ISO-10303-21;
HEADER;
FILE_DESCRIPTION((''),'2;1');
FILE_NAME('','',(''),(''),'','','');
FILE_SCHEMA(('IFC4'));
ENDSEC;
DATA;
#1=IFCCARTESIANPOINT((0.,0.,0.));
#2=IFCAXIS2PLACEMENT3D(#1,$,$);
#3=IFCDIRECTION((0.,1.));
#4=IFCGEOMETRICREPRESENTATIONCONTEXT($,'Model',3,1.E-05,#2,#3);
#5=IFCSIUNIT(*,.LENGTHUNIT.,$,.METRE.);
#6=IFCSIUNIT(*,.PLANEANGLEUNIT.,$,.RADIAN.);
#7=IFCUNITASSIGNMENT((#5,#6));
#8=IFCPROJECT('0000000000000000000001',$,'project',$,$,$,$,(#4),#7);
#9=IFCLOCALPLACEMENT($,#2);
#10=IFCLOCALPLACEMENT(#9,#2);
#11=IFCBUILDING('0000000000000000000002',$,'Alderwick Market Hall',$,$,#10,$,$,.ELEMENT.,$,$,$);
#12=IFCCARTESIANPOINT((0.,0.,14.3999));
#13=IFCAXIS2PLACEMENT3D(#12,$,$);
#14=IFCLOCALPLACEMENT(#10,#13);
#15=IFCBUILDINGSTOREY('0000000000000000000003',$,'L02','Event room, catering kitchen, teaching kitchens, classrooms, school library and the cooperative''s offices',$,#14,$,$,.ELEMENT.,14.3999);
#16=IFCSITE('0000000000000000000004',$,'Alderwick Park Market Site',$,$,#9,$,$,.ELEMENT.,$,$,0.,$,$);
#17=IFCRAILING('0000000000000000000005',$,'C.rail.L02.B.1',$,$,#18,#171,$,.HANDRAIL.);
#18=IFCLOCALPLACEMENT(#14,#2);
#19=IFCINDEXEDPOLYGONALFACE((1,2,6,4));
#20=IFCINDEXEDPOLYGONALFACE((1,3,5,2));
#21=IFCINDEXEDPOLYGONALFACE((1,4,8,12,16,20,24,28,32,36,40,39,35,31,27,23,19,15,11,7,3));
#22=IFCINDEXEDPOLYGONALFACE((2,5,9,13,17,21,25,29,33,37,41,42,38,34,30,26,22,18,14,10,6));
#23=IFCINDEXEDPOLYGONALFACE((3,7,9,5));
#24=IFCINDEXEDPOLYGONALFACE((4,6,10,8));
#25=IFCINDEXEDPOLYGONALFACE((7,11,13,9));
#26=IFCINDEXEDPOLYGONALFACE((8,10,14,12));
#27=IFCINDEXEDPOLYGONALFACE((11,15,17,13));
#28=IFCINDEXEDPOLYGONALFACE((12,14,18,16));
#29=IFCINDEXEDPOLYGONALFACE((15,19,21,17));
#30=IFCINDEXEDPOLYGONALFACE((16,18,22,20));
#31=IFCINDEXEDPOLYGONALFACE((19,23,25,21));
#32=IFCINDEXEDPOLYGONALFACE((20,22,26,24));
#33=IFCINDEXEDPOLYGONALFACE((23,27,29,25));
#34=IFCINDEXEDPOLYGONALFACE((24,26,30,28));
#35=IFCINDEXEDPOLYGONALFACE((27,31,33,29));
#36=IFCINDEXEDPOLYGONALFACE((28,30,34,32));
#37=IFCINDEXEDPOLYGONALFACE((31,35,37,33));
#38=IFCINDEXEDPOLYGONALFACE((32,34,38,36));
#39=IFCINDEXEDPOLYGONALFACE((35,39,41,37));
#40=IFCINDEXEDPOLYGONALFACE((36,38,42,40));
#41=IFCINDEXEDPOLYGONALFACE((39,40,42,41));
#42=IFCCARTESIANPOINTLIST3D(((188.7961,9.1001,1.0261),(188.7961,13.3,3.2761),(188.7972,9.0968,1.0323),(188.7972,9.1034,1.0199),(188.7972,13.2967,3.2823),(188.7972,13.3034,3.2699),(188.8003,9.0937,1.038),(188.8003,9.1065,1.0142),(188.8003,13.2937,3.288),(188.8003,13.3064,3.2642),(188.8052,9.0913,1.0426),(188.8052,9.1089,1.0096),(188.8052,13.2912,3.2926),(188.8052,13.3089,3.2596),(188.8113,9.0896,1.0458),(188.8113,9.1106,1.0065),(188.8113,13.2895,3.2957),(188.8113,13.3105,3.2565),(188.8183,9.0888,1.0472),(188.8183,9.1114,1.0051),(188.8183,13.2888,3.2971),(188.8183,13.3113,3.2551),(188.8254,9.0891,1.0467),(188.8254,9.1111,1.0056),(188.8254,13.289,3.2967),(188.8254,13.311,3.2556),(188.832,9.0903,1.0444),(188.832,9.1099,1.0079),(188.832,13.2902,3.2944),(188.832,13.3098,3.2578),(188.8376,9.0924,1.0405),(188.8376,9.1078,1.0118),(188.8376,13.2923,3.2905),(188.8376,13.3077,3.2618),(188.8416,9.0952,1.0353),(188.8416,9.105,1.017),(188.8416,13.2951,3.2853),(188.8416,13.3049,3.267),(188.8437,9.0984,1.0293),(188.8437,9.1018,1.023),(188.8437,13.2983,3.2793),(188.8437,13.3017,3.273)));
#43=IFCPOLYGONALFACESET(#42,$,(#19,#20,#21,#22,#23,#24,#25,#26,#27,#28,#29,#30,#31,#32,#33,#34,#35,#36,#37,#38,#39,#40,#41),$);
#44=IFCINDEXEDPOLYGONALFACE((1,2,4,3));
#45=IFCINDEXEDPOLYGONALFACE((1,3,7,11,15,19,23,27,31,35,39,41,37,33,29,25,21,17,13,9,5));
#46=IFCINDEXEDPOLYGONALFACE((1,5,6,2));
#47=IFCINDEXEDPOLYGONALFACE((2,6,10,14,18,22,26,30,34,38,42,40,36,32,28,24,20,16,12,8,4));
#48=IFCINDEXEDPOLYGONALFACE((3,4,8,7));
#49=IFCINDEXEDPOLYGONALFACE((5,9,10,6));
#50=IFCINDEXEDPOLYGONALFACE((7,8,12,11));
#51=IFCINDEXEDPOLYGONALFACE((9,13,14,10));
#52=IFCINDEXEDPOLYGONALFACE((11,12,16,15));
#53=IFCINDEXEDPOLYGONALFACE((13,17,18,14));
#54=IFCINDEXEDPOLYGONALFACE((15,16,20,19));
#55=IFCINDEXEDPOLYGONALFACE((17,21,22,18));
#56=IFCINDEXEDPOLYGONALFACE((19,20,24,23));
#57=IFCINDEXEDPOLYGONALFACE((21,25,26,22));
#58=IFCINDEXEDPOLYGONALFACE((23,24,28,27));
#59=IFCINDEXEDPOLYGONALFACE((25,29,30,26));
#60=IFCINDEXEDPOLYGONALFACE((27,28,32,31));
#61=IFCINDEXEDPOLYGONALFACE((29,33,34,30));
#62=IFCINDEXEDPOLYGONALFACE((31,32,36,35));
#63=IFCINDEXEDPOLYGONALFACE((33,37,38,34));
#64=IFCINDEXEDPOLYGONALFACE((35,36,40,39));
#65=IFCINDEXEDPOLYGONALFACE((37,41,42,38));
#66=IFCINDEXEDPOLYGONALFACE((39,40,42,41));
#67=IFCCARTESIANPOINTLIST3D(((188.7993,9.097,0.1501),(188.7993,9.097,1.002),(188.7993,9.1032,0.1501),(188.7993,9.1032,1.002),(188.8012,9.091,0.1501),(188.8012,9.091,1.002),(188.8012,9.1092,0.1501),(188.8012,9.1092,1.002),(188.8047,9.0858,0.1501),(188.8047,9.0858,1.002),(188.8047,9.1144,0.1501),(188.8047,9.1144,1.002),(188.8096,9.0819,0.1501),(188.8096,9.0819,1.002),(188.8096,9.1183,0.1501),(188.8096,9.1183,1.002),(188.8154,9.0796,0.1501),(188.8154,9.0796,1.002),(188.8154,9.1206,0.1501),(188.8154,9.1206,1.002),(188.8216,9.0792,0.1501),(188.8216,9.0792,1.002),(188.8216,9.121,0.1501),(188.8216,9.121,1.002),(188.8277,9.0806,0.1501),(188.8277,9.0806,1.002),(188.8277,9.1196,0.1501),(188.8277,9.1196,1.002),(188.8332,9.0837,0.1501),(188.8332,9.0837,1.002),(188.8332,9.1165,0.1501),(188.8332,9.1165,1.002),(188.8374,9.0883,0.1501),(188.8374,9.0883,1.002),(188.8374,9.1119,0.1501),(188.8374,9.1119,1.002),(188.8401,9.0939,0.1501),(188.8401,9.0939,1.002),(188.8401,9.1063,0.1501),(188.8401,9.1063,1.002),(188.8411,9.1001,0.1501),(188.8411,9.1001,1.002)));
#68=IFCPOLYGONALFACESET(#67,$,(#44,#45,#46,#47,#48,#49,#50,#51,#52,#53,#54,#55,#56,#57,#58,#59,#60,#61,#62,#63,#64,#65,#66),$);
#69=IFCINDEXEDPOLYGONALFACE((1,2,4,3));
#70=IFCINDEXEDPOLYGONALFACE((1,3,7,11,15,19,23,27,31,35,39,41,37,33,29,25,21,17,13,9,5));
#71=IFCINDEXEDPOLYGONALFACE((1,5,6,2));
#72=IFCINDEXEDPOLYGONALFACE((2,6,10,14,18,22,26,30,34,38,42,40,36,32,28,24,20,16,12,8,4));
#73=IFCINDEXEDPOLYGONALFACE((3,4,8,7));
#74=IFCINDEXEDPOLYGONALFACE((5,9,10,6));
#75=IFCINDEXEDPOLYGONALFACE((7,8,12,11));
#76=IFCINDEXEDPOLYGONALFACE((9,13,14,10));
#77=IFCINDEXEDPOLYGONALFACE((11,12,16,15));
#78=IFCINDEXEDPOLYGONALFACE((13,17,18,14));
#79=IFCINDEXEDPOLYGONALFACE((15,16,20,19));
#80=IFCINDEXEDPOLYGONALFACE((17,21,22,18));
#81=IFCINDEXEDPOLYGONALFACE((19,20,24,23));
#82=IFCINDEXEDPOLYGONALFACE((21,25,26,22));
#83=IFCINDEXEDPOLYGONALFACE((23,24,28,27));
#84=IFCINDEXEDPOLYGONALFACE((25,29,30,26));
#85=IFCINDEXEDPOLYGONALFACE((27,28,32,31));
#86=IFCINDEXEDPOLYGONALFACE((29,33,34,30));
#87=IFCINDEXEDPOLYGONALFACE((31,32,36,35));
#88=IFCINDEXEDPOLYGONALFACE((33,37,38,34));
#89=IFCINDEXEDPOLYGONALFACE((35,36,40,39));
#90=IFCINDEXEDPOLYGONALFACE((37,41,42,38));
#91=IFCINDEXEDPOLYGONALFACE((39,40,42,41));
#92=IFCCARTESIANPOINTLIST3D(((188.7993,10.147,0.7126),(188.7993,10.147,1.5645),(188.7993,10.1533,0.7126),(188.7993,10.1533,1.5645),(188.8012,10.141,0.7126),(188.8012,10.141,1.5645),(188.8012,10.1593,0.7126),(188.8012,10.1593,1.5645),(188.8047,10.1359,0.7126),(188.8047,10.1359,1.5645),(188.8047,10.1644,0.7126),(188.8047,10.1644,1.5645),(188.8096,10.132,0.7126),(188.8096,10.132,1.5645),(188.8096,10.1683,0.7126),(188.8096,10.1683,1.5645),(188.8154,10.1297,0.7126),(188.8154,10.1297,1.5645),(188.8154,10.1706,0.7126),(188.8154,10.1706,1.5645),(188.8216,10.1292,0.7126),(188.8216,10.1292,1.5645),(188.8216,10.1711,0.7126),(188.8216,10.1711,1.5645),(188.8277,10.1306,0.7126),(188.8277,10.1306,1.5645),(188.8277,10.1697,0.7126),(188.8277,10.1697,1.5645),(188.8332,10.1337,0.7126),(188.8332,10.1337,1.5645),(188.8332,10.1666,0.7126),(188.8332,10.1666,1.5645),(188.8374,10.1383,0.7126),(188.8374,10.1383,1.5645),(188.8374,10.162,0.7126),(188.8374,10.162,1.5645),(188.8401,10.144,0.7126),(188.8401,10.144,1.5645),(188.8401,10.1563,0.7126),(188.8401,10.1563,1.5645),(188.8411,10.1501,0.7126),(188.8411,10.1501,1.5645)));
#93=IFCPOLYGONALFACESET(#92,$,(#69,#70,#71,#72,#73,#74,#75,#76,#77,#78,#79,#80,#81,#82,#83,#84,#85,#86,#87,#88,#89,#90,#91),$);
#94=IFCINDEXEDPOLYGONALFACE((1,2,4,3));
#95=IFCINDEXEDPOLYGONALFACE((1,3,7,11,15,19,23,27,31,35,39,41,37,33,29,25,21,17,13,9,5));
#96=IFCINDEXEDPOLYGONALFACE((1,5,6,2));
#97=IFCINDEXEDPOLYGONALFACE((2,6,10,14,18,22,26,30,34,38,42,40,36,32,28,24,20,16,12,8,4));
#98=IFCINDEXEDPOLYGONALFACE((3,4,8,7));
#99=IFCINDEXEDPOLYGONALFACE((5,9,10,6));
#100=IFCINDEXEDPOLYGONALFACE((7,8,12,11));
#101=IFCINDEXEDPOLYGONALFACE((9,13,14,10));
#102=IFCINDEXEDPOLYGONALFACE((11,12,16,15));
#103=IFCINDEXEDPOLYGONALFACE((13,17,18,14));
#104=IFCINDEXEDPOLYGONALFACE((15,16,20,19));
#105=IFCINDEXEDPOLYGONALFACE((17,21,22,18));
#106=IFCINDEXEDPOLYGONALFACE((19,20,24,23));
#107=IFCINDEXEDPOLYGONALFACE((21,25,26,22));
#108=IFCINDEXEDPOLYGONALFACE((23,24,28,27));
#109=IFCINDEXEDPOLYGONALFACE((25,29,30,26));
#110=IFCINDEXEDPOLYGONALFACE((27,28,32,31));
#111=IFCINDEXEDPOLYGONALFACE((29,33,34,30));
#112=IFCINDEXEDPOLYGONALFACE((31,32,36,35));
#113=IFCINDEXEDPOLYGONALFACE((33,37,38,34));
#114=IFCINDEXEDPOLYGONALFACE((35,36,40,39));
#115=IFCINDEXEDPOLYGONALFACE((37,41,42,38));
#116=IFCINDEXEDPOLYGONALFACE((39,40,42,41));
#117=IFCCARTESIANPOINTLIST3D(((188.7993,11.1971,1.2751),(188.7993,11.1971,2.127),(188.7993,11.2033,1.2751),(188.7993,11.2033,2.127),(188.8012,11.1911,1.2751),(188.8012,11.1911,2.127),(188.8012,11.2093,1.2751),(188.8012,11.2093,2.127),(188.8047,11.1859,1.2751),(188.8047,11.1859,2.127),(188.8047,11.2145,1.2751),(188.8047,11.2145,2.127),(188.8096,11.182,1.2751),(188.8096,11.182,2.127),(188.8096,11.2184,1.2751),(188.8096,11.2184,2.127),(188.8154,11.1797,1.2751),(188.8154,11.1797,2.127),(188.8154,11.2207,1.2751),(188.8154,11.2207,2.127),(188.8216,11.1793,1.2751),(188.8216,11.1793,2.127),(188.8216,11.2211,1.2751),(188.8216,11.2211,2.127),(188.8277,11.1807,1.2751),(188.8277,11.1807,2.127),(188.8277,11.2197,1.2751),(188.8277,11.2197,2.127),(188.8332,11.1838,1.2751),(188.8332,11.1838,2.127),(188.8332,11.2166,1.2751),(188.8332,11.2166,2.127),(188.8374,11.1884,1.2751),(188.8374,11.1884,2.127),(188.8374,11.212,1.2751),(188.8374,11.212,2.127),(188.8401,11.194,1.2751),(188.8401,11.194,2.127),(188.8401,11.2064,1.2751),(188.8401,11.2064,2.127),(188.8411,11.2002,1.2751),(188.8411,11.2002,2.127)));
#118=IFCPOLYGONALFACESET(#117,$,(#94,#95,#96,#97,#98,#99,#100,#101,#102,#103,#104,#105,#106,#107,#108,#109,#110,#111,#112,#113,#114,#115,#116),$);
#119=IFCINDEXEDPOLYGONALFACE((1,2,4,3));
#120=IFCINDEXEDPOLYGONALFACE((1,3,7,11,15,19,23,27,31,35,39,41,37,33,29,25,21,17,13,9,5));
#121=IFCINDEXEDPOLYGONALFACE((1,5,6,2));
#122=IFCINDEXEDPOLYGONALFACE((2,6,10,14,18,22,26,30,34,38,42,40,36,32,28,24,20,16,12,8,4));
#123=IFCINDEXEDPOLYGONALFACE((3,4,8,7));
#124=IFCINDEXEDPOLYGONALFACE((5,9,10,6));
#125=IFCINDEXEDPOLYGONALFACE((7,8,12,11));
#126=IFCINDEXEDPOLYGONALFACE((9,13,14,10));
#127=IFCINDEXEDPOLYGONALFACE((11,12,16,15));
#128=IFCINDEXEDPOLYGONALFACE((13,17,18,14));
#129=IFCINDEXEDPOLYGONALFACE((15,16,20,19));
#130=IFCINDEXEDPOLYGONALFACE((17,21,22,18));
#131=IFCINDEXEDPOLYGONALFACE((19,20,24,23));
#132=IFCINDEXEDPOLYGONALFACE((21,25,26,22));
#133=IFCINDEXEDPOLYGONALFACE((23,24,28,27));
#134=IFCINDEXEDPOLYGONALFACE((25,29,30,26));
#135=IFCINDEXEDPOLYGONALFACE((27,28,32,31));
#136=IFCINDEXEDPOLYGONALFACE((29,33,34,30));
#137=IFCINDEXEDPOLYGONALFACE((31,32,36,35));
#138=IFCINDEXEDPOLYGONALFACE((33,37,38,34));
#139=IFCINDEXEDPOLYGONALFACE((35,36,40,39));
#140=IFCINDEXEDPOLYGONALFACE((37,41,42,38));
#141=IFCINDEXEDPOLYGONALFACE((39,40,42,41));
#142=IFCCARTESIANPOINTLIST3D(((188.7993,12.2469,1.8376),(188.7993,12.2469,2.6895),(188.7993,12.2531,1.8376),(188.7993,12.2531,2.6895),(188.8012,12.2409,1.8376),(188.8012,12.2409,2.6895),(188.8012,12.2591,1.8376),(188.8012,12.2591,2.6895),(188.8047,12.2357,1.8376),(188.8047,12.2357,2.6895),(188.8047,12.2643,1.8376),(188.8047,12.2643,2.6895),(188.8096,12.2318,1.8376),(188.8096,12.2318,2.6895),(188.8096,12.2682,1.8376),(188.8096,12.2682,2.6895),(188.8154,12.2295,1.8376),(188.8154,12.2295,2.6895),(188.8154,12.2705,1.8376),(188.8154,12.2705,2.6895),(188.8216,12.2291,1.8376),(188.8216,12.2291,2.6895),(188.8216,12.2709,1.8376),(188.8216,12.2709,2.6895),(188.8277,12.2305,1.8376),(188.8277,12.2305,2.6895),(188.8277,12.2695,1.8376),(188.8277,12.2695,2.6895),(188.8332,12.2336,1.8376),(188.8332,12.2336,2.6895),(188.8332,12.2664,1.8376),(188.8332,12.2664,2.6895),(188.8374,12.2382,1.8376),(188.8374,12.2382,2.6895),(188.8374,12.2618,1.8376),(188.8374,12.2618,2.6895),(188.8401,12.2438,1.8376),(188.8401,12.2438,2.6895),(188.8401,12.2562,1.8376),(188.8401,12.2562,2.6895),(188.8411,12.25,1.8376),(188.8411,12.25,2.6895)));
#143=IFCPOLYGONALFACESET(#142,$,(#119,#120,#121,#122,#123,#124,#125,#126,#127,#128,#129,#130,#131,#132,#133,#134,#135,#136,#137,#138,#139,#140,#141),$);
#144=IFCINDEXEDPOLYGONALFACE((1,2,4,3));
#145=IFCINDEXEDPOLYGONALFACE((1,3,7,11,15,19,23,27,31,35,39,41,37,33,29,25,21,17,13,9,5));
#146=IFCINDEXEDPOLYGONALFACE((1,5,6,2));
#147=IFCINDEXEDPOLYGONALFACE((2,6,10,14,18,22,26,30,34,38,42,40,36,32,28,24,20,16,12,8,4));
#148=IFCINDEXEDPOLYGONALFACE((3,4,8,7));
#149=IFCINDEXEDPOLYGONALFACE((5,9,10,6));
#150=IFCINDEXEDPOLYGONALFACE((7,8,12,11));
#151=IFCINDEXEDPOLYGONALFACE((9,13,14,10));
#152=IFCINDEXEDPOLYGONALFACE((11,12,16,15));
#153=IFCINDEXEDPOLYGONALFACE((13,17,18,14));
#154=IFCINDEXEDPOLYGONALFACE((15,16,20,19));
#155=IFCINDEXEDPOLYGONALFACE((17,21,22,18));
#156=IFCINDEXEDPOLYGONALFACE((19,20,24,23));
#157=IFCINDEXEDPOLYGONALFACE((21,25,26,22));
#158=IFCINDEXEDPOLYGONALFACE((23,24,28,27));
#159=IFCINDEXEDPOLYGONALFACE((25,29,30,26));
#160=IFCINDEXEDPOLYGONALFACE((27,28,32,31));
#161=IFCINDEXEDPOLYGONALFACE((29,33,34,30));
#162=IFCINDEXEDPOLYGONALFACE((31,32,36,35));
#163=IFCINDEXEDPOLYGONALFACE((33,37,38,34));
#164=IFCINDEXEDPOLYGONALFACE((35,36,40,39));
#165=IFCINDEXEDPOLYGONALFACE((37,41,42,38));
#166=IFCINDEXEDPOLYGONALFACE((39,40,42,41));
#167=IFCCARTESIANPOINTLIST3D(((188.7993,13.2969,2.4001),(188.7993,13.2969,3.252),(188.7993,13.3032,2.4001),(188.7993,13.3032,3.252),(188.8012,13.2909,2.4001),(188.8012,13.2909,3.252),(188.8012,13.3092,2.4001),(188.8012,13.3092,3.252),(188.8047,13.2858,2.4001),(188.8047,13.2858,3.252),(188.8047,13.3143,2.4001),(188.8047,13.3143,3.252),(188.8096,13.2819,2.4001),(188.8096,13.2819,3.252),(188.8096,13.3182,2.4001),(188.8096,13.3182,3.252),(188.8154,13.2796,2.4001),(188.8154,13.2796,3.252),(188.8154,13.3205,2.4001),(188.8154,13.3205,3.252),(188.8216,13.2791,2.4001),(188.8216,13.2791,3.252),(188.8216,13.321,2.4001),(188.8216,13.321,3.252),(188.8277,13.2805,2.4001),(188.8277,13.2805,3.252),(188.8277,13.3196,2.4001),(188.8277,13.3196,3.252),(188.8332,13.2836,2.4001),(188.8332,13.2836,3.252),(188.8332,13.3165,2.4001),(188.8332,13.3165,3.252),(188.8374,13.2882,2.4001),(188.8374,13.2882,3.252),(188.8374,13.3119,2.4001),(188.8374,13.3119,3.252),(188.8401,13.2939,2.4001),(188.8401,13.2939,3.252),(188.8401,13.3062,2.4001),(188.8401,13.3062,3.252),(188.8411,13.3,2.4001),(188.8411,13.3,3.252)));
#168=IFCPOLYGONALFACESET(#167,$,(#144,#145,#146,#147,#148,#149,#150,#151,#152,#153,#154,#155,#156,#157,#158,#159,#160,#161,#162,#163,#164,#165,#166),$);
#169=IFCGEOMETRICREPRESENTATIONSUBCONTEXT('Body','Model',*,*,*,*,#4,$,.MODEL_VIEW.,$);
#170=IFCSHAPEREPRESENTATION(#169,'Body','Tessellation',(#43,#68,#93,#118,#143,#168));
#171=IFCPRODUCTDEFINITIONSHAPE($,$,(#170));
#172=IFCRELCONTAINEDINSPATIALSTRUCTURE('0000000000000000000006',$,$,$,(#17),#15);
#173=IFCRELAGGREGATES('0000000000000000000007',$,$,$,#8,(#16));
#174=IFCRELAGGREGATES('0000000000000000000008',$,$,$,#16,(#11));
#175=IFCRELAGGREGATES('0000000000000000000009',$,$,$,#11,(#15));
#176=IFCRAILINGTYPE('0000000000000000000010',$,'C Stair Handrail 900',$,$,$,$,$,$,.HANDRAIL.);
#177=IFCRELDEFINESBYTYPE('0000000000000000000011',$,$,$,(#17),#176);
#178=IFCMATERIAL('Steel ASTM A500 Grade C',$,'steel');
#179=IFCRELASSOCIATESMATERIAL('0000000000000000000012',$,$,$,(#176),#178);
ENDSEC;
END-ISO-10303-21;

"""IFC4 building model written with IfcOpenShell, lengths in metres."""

from ifc_helpers import new_model, si_unit, direction, frame, origin, origin_2d, place, context, subcontext, project, spatial, circle, extrude, material, type_object, element, save


model = new_model("IFC4")

# Units and contexts
model_context = context("Model", 3, precision=1e-05, world=origin(), true_north=direction((0.0, 1.0)))
body_context = subcontext(model_context, "Body", "Model", "MODEL_VIEW")
ifc_project = project(units=[si_unit("LENGTHUNIT", "METRE"), si_unit("PLANEANGLEUNIT", "RADIAN")], contexts=[model_context])

# Site, building, storey
site_placement = place(None, origin())
site = spatial("IfcSite", under=ifc_project, at=site_placement, Name="Alderwick Park Market Site", CompositionType="ELEMENT", RefElevation=0.0)
building_placement = place(site_placement, origin())
building = spatial("IfcBuilding", under=site, at=building_placement, Name="Alderwick Market Hall", CompositionType="ELEMENT")
storey_placement = place(building_placement, frame((0.0, 0.0, 14.3999)))
storey = spatial("IfcBuildingStorey", under=building, at=storey_placement, Name="L02", Description="Event room, catering kitchen, teaching kitchens, classrooms, school library and the cooperative's offices", CompositionType="ELEMENT", Elevation=14.3999)

# Railing
ifc_material_1 = material(Name="Steel ASTM A500 Grade C", Category="steel")
railing_type_1 = type_object("IfcRailingType", Name="C Stair Handrail 900", PredefinedType="HANDRAIL", material=ifc_material_1)
for number, where, name in (
    (1, (188.8201, 9.1001, 0.1501), "C.rail.L02.B.1"),
):
    element("IfcRailing", number, at=place(storey_placement, frame(where)), inside=storey, type_object=railing_type_1, Name=name, PredefinedType="HANDRAIL", context=body_context, shape_type="SweptSolid", body=[
        extrude(circle(Radius=0.0239, at=origin_2d()), frame((0.0, 0.0, 0.876), z_axis=(0.0, 0.881478, 0.472226), x_axis=(-1.0, 0.0, 0.0)), (0.0, 0.0, 1.0), 4.7646),
        extrude(circle(Radius=0.021, at=origin_2d()), origin(), (0.0, 0.0, 1.0), 0.8518),
        extrude(circle(Radius=0.021, at=origin_2d()), frame((0.0, 1.05, 0.5625)), (0.0, 0.0, 1.0), 0.8518),
        extrude(circle(Radius=0.021, at=origin_2d()), frame((0.0, 2.1001, 1.125)), (0.0, 0.0, 1.0), 0.8518),
        extrude(circle(Radius=0.021, at=origin_2d()), frame((0.0, 3.1499, 1.6875)), (0.0, 0.0, 1.0), 0.8518),
        extrude(circle(Radius=0.021, at=origin_2d()), frame((0.0, 4.2, 2.25)), (0.0, 0.0, 1.0), 0.8518),
    ])

save(model, "model.ifc")
